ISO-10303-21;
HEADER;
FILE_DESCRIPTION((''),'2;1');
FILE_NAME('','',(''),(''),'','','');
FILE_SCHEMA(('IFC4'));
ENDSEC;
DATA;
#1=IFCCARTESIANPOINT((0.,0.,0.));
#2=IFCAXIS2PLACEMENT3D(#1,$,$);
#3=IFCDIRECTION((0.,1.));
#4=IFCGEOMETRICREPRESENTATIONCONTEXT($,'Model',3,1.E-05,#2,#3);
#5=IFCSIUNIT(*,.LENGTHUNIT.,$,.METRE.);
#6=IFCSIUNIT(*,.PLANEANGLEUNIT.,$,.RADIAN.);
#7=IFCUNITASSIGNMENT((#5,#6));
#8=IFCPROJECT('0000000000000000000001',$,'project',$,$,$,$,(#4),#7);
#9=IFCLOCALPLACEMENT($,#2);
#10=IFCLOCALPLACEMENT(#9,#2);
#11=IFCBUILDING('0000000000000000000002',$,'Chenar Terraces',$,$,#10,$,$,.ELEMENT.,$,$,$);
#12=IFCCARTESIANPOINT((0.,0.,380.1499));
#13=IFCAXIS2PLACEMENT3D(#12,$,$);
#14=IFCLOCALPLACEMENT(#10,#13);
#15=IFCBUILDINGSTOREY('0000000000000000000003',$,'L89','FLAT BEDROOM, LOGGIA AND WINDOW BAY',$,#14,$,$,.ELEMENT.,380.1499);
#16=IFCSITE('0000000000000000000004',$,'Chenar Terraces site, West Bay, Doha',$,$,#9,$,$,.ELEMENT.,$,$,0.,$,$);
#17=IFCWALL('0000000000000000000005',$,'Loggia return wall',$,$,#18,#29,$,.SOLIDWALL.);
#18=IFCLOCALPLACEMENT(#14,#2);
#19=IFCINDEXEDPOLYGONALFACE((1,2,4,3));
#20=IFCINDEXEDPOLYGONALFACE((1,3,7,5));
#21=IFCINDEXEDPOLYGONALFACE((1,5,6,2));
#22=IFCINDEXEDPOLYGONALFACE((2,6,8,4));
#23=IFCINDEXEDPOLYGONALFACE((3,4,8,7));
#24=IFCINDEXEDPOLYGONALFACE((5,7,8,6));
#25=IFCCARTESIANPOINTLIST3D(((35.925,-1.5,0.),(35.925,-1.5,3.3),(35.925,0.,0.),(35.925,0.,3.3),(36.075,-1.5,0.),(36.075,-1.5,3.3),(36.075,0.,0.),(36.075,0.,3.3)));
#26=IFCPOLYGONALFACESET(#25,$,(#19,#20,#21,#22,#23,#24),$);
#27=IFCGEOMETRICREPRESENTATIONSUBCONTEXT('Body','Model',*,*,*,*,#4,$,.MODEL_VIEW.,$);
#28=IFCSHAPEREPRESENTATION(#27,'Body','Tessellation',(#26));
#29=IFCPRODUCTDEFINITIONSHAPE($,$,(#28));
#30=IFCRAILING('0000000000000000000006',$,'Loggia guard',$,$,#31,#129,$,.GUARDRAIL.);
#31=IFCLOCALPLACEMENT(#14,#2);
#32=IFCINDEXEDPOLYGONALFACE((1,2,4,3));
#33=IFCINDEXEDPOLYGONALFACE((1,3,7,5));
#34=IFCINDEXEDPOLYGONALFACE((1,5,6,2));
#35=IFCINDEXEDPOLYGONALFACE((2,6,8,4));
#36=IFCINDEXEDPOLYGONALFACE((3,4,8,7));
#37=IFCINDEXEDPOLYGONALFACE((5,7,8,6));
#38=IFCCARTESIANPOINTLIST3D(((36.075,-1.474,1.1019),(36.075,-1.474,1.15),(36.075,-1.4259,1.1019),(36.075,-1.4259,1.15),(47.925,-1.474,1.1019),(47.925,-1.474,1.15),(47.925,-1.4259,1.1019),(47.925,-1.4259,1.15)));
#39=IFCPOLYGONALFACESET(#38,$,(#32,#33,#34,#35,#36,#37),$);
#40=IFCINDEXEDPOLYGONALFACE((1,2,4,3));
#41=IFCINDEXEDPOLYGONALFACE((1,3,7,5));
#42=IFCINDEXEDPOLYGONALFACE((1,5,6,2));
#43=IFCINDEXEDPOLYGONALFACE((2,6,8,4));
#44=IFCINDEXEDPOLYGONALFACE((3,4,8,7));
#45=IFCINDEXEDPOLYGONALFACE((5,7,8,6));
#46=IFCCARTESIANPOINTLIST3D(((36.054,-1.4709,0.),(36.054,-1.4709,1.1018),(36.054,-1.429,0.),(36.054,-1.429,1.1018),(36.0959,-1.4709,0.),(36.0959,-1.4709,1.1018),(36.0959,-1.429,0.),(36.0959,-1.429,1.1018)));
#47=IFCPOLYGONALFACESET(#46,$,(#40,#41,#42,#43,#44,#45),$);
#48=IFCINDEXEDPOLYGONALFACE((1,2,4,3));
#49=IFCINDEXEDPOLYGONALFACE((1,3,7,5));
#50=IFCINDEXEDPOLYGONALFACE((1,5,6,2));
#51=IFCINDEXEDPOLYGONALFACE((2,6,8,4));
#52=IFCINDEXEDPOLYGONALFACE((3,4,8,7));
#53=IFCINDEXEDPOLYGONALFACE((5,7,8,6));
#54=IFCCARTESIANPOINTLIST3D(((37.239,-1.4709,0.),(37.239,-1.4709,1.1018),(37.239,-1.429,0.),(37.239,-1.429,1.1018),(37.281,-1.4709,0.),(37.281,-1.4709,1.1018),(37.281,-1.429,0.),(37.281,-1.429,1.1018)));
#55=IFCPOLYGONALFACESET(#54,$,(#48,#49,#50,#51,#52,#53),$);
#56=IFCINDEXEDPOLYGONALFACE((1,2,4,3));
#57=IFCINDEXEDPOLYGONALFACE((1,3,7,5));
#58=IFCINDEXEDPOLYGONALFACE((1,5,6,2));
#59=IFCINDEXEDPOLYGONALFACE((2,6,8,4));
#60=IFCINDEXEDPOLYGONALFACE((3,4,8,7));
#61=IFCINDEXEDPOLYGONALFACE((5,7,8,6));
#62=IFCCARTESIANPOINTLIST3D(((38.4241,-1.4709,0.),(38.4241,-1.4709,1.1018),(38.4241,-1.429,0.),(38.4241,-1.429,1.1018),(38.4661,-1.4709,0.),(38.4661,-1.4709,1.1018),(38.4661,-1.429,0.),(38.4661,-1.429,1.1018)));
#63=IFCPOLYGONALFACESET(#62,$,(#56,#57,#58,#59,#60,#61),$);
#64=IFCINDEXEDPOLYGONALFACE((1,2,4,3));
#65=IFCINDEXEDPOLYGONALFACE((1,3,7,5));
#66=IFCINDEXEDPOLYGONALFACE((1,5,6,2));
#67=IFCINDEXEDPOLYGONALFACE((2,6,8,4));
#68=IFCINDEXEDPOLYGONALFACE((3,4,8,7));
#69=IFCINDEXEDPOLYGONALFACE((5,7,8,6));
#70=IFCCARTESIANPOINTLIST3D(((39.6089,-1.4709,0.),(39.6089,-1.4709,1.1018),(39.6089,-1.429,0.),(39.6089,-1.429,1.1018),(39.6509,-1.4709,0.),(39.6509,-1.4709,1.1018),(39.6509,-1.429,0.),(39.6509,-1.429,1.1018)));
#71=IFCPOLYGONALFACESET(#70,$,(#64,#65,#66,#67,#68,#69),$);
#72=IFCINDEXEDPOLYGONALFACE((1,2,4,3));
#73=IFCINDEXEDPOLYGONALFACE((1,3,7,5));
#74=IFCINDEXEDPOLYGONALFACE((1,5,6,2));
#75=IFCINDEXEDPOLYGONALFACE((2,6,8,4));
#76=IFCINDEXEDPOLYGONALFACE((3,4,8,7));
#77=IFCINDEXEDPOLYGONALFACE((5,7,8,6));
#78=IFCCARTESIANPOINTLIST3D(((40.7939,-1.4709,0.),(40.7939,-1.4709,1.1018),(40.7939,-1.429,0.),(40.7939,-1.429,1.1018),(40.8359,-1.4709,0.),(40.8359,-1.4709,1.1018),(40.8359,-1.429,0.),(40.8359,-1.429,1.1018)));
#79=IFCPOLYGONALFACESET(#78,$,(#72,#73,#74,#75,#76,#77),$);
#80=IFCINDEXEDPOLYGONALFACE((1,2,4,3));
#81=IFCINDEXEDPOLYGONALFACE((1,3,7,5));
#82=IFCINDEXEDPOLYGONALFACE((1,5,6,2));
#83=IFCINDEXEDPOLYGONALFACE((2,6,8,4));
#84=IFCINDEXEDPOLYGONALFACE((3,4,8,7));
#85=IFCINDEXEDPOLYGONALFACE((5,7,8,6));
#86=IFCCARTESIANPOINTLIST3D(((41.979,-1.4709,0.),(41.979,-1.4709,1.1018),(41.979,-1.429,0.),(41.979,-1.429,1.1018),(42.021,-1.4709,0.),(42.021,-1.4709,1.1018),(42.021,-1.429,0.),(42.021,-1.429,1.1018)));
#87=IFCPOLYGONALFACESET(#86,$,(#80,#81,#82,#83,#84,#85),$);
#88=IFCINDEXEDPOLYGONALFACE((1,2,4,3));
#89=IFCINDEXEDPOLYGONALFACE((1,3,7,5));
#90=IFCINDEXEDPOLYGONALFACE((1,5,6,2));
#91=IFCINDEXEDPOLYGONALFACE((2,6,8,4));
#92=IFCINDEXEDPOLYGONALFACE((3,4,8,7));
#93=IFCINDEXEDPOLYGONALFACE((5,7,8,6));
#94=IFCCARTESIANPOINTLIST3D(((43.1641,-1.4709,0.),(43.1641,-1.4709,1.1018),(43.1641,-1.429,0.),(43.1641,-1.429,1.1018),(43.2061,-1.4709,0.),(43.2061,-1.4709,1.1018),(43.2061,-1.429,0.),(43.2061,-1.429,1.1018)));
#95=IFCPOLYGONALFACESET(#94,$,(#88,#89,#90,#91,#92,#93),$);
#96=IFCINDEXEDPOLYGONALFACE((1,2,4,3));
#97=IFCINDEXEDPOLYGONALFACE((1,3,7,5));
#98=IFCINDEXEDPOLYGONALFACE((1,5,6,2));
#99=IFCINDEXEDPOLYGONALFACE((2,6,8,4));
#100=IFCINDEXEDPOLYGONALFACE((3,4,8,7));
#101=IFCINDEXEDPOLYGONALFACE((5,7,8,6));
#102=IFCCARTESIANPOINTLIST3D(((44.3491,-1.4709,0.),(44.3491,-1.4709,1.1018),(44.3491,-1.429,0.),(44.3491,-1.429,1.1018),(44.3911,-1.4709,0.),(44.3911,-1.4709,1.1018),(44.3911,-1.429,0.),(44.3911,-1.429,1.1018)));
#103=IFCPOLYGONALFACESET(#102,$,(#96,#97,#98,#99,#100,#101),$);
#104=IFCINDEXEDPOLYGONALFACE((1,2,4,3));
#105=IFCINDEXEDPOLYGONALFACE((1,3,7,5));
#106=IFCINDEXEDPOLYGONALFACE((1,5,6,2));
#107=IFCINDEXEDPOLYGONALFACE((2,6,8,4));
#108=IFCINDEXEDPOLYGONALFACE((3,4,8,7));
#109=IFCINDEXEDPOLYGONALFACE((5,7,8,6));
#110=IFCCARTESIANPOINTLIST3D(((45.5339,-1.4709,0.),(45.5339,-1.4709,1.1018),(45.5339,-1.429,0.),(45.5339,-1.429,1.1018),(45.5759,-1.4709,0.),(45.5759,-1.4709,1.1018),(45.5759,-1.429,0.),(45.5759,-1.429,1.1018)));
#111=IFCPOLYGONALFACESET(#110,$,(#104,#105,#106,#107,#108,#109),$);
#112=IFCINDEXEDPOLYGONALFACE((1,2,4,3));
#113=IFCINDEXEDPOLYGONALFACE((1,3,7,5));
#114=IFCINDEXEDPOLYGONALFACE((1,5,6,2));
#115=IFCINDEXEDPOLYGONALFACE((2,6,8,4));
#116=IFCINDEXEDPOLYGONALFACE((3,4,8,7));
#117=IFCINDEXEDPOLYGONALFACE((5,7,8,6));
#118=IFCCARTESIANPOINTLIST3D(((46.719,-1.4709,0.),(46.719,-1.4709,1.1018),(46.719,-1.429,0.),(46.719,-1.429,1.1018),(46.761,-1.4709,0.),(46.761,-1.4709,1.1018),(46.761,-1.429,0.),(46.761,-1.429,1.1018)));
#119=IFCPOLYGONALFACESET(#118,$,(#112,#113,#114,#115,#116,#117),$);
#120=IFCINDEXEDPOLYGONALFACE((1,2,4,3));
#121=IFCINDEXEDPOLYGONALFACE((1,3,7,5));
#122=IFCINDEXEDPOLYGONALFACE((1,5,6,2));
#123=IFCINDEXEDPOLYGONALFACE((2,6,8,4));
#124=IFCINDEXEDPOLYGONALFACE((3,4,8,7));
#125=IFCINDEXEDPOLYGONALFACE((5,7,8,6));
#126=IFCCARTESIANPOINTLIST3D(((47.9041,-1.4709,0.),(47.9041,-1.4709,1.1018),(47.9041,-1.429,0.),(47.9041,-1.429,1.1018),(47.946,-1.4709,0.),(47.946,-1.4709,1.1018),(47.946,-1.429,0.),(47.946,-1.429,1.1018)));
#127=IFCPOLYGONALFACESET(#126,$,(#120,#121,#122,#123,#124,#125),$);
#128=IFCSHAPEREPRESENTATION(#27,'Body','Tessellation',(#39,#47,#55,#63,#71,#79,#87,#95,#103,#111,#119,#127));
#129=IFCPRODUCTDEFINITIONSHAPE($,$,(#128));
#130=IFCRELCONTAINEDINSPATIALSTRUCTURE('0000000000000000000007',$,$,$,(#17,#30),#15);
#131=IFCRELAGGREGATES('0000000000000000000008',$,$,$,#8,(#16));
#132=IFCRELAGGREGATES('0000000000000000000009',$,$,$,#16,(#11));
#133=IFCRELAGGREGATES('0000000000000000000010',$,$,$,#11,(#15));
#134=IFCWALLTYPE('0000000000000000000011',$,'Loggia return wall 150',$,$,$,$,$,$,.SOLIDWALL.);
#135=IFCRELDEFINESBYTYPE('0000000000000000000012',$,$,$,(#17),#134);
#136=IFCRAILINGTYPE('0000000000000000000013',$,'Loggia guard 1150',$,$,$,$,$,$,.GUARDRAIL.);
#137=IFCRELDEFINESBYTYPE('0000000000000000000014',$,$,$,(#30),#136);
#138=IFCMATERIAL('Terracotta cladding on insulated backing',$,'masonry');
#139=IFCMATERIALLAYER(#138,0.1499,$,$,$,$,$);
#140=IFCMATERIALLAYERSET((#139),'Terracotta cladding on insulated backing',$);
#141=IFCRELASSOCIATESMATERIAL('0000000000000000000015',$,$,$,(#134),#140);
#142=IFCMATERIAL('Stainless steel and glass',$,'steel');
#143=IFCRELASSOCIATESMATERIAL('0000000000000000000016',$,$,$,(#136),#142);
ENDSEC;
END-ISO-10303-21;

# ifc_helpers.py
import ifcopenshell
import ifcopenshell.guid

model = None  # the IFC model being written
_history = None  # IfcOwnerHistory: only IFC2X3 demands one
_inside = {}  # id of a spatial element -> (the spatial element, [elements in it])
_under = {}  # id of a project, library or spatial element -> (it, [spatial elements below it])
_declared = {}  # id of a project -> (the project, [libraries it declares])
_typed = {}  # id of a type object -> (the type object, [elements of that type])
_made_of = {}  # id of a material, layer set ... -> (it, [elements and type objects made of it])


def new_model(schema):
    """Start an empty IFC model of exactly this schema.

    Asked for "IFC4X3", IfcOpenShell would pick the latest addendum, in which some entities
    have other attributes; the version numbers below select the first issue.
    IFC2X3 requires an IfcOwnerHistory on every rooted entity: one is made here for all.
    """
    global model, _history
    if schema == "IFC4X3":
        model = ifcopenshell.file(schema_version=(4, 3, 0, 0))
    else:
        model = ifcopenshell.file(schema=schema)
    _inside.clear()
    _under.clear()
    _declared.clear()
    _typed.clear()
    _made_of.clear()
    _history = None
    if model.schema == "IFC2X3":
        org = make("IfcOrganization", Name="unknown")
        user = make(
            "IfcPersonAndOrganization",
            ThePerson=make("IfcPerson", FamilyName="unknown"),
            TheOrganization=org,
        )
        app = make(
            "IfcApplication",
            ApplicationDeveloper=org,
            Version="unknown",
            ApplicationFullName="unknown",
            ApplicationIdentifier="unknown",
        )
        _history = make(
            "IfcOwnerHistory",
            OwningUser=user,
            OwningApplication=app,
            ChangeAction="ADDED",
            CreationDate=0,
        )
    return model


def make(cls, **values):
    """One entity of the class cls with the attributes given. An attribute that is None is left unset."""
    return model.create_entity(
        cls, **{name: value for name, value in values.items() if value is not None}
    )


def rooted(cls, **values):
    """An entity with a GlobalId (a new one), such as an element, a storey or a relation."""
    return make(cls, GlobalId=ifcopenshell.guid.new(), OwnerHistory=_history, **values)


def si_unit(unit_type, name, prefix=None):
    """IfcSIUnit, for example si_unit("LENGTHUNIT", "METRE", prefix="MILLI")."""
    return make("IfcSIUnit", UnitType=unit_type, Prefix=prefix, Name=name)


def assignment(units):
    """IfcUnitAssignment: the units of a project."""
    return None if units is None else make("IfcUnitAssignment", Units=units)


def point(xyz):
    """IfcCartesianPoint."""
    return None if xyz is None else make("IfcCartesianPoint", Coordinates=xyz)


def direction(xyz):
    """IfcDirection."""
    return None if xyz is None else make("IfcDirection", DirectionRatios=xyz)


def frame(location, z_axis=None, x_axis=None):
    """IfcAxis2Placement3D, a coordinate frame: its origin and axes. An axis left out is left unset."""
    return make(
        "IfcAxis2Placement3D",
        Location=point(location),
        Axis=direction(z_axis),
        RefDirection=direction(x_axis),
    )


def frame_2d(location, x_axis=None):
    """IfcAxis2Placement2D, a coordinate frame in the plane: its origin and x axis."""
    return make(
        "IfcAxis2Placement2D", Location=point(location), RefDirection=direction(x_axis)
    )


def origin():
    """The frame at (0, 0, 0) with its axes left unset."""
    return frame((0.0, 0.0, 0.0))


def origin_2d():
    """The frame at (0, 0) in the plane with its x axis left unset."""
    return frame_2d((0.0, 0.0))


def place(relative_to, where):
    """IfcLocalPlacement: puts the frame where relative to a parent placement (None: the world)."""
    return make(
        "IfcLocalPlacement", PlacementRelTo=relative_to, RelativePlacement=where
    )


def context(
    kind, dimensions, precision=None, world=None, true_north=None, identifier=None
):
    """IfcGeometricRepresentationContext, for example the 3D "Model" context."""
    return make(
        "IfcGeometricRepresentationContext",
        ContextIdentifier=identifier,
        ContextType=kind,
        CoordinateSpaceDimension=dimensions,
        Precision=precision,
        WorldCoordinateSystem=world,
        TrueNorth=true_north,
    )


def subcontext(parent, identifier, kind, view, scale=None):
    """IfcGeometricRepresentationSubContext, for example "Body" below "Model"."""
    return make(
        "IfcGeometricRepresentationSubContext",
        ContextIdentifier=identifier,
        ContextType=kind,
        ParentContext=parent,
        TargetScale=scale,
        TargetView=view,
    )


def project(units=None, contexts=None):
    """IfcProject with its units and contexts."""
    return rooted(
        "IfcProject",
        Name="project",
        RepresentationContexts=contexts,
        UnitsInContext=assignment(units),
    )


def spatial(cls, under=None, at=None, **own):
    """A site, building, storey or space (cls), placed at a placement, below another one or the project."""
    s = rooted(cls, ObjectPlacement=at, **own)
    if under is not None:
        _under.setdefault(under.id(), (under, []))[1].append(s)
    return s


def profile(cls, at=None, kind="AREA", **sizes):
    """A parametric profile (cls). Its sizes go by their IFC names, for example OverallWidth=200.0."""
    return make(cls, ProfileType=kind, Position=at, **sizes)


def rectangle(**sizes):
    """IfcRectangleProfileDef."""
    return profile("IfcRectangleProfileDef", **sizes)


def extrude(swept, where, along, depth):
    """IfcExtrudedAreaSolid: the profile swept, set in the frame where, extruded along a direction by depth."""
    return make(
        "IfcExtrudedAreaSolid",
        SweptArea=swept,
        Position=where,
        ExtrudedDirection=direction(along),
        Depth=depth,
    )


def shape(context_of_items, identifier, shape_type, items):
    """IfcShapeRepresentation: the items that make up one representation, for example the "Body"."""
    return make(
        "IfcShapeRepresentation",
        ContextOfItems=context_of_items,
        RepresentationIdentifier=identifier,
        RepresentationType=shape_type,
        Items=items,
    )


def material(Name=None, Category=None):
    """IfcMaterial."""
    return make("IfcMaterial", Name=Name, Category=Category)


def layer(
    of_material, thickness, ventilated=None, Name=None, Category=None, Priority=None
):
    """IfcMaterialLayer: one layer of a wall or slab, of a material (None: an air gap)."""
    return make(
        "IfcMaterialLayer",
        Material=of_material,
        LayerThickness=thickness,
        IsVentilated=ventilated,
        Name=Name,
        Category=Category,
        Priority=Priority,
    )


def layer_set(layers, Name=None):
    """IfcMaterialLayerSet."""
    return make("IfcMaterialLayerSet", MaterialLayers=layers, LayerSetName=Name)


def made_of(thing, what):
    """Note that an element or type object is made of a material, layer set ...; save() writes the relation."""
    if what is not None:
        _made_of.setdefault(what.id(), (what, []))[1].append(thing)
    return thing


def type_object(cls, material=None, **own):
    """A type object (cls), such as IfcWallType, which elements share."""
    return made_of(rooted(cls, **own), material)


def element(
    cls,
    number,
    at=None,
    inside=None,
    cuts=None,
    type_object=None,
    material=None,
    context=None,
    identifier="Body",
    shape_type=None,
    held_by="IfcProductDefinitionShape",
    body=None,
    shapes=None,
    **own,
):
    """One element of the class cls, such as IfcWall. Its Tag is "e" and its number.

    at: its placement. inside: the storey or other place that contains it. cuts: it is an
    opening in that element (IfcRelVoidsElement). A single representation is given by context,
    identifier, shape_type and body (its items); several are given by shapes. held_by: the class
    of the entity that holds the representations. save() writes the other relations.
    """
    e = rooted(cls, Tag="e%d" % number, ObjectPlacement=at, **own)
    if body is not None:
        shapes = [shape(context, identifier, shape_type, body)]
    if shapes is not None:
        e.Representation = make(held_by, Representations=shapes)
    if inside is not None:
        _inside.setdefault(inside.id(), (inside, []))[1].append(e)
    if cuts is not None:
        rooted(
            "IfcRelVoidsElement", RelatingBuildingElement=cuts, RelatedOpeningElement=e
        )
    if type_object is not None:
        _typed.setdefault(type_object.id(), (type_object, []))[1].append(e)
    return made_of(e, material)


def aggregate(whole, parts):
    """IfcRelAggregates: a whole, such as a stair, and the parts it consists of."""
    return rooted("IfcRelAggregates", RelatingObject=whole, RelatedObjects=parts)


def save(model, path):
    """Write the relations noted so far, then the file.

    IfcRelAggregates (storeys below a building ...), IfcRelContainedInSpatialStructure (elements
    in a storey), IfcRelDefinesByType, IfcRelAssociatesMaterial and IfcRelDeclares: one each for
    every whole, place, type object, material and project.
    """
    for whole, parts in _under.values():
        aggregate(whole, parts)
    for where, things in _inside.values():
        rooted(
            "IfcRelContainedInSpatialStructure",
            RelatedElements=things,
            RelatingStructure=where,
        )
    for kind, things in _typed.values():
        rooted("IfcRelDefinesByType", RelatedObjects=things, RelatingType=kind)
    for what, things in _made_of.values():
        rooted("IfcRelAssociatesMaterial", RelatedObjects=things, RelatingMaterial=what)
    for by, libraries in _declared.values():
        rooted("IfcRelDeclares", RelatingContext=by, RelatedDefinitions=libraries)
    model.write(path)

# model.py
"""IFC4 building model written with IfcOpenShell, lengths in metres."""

from ifc_helpers import new_model, si_unit, direction, frame, frame_2d, origin, origin_2d, place, context, subcontext, project, spatial, rectangle, extrude, material, layer, layer_set, type_object, element, save


model = new_model("IFC4")

# Units and contexts
model_context = context("Model", 3, precision=1e-05, world=origin(), true_north=direction((0.0, 1.0)))
body_context = subcontext(model_context, "Body", "Model", "MODEL_VIEW")
ifc_project = project(units=[si_unit("LENGTHUNIT", "METRE"), si_unit("PLANEANGLEUNIT", "RADIAN")], contexts=[model_context])

# Site, building, storey
site_placement = place(None, origin())
site = spatial("IfcSite", under=ifc_project, at=site_placement, Name="Chenar Terraces site, West Bay, Doha", CompositionType="ELEMENT", RefElevation=0.0)
building_placement = place(site_placement, origin())
building = spatial("IfcBuilding", under=site, at=building_placement, Name="Chenar Terraces", CompositionType="ELEMENT")
storey_placement = place(building_placement, frame((0.0, 0.0, 380.1499)))
storey = spatial("IfcBuildingStorey", under=building, at=storey_placement, Name="L89", Description="FLAT BEDROOM, LOGGIA AND WINDOW BAY", CompositionType="ELEMENT", Elevation=380.1499)

# Wall
ifc_material_1 = material(Name="Terracotta cladding on insulated backing", Category="masonry")
ifc_layer_1 = layer(ifc_material_1, 0.1499)
ifc_layer_set_1 = layer_set([ifc_layer_1], Name="Terracotta cladding on insulated backing")
wall_type_1 = type_object("IfcWallType", Name="Loggia return wall 150", PredefinedType="SOLIDWALL", material=ifc_layer_set_1)
for number, where, z_axis, x_axis, name in (
    (1, (36.0, -1.5, 0.0), (0.0, 0.0, 1.0), (0.0, 1.0, 0.0), "Loggia return wall"),
):
    element("IfcWall", number, at=place(storey_placement, frame(where, z_axis=z_axis, x_axis=x_axis)), inside=storey, type_object=wall_type_1, Name=name, PredefinedType="SOLIDWALL", context=body_context, shape_type="SweptSolid", body=[
        extrude(rectangle(XDim=1.5, YDim=0.1499, at=frame_2d((0.75, 0.0))), origin(), (0.0, 0.0, 1.0), 3.3),
    ])

# Railing
ifc_material_2 = material(Name="Stainless steel and glass", Category="steel")
railing_type = type_object("IfcRailingType", Name="Loggia guard 1150", PredefinedType="GUARDRAIL", material=ifc_material_2)
railing_placement = place(storey_placement, frame((36.075, -1.45, 0.0)))
element("IfcRailing", 2, at=railing_placement, inside=storey, type_object=railing_type, Name="Loggia guard", PredefinedType="GUARDRAIL", context=body_context, shape_type="SweptSolid", body=[
    extrude(rectangle(XDim=0.0481, YDim=0.0481, at=origin_2d()), frame((0.0, 0.0, 1.126), z_axis=(1.0, 0.0, 0.0), x_axis=(0.0, 1.0, 0.0)), (0.0, 0.0, 1.0), 11.8501),
    extrude(rectangle(XDim=0.042, YDim=0.042, at=origin_2d()), origin(), (0.0, 0.0, 1.0), 1.1018),
    extrude(rectangle(XDim=0.042, YDim=0.042, at=origin_2d()), frame((1.1851, 0.0, 0.0)), (0.0, 0.0, 1.0), 1.1018),
    extrude(rectangle(XDim=0.042, YDim=0.042, at=origin_2d()), frame((2.3701, 0.0, 0.0)), (0.0, 0.0, 1.0), 1.1018),
    extrude(rectangle(XDim=0.042, YDim=0.042, at=origin_2d()), frame((3.5549, 0.0, 0.0)), (0.0, 0.0, 1.0), 1.1018),
    extrude(rectangle(XDim=0.042, YDim=0.042, at=origin_2d()), frame((4.74, 0.0, 0.0)), (0.0, 0.0, 1.0), 1.1018),
    extrude(rectangle(XDim=0.042, YDim=0.042, at=origin_2d()), frame((5.925, 0.0, 0.0)), (0.0, 0.0, 1.0), 1.1018),
    extrude(rectangle(XDim=0.042, YDim=0.042, at=origin_2d()), frame((7.1101, 0.0, 0.0)), (0.0, 0.0, 1.0), 1.1018),
    extrude(rectangle(XDim=0.042, YDim=0.042, at=origin_2d()), frame((8.2952, 0.0, 0.0)), (0.0, 0.0, 1.0), 1.1018),
    extrude(rectangle(XDim=0.042, YDim=0.042, at=origin_2d()), frame((9.48, 0.0, 0.0)), (0.0, 0.0, 1.0), 1.1018),
    extrude(rectangle(XDim=0.042, YDim=0.042, at=origin_2d()), frame((10.665, 0.0, 0.0)), (0.0, 0.0, 1.0), 1.1018),
    extrude(rectangle(XDim=0.042, YDim=0.042, at=origin_2d()), frame((11.8501, 0.0, 0.0)), (0.0, 0.0, 1.0), 1.1018),
])

save(model, "model.ifc")
